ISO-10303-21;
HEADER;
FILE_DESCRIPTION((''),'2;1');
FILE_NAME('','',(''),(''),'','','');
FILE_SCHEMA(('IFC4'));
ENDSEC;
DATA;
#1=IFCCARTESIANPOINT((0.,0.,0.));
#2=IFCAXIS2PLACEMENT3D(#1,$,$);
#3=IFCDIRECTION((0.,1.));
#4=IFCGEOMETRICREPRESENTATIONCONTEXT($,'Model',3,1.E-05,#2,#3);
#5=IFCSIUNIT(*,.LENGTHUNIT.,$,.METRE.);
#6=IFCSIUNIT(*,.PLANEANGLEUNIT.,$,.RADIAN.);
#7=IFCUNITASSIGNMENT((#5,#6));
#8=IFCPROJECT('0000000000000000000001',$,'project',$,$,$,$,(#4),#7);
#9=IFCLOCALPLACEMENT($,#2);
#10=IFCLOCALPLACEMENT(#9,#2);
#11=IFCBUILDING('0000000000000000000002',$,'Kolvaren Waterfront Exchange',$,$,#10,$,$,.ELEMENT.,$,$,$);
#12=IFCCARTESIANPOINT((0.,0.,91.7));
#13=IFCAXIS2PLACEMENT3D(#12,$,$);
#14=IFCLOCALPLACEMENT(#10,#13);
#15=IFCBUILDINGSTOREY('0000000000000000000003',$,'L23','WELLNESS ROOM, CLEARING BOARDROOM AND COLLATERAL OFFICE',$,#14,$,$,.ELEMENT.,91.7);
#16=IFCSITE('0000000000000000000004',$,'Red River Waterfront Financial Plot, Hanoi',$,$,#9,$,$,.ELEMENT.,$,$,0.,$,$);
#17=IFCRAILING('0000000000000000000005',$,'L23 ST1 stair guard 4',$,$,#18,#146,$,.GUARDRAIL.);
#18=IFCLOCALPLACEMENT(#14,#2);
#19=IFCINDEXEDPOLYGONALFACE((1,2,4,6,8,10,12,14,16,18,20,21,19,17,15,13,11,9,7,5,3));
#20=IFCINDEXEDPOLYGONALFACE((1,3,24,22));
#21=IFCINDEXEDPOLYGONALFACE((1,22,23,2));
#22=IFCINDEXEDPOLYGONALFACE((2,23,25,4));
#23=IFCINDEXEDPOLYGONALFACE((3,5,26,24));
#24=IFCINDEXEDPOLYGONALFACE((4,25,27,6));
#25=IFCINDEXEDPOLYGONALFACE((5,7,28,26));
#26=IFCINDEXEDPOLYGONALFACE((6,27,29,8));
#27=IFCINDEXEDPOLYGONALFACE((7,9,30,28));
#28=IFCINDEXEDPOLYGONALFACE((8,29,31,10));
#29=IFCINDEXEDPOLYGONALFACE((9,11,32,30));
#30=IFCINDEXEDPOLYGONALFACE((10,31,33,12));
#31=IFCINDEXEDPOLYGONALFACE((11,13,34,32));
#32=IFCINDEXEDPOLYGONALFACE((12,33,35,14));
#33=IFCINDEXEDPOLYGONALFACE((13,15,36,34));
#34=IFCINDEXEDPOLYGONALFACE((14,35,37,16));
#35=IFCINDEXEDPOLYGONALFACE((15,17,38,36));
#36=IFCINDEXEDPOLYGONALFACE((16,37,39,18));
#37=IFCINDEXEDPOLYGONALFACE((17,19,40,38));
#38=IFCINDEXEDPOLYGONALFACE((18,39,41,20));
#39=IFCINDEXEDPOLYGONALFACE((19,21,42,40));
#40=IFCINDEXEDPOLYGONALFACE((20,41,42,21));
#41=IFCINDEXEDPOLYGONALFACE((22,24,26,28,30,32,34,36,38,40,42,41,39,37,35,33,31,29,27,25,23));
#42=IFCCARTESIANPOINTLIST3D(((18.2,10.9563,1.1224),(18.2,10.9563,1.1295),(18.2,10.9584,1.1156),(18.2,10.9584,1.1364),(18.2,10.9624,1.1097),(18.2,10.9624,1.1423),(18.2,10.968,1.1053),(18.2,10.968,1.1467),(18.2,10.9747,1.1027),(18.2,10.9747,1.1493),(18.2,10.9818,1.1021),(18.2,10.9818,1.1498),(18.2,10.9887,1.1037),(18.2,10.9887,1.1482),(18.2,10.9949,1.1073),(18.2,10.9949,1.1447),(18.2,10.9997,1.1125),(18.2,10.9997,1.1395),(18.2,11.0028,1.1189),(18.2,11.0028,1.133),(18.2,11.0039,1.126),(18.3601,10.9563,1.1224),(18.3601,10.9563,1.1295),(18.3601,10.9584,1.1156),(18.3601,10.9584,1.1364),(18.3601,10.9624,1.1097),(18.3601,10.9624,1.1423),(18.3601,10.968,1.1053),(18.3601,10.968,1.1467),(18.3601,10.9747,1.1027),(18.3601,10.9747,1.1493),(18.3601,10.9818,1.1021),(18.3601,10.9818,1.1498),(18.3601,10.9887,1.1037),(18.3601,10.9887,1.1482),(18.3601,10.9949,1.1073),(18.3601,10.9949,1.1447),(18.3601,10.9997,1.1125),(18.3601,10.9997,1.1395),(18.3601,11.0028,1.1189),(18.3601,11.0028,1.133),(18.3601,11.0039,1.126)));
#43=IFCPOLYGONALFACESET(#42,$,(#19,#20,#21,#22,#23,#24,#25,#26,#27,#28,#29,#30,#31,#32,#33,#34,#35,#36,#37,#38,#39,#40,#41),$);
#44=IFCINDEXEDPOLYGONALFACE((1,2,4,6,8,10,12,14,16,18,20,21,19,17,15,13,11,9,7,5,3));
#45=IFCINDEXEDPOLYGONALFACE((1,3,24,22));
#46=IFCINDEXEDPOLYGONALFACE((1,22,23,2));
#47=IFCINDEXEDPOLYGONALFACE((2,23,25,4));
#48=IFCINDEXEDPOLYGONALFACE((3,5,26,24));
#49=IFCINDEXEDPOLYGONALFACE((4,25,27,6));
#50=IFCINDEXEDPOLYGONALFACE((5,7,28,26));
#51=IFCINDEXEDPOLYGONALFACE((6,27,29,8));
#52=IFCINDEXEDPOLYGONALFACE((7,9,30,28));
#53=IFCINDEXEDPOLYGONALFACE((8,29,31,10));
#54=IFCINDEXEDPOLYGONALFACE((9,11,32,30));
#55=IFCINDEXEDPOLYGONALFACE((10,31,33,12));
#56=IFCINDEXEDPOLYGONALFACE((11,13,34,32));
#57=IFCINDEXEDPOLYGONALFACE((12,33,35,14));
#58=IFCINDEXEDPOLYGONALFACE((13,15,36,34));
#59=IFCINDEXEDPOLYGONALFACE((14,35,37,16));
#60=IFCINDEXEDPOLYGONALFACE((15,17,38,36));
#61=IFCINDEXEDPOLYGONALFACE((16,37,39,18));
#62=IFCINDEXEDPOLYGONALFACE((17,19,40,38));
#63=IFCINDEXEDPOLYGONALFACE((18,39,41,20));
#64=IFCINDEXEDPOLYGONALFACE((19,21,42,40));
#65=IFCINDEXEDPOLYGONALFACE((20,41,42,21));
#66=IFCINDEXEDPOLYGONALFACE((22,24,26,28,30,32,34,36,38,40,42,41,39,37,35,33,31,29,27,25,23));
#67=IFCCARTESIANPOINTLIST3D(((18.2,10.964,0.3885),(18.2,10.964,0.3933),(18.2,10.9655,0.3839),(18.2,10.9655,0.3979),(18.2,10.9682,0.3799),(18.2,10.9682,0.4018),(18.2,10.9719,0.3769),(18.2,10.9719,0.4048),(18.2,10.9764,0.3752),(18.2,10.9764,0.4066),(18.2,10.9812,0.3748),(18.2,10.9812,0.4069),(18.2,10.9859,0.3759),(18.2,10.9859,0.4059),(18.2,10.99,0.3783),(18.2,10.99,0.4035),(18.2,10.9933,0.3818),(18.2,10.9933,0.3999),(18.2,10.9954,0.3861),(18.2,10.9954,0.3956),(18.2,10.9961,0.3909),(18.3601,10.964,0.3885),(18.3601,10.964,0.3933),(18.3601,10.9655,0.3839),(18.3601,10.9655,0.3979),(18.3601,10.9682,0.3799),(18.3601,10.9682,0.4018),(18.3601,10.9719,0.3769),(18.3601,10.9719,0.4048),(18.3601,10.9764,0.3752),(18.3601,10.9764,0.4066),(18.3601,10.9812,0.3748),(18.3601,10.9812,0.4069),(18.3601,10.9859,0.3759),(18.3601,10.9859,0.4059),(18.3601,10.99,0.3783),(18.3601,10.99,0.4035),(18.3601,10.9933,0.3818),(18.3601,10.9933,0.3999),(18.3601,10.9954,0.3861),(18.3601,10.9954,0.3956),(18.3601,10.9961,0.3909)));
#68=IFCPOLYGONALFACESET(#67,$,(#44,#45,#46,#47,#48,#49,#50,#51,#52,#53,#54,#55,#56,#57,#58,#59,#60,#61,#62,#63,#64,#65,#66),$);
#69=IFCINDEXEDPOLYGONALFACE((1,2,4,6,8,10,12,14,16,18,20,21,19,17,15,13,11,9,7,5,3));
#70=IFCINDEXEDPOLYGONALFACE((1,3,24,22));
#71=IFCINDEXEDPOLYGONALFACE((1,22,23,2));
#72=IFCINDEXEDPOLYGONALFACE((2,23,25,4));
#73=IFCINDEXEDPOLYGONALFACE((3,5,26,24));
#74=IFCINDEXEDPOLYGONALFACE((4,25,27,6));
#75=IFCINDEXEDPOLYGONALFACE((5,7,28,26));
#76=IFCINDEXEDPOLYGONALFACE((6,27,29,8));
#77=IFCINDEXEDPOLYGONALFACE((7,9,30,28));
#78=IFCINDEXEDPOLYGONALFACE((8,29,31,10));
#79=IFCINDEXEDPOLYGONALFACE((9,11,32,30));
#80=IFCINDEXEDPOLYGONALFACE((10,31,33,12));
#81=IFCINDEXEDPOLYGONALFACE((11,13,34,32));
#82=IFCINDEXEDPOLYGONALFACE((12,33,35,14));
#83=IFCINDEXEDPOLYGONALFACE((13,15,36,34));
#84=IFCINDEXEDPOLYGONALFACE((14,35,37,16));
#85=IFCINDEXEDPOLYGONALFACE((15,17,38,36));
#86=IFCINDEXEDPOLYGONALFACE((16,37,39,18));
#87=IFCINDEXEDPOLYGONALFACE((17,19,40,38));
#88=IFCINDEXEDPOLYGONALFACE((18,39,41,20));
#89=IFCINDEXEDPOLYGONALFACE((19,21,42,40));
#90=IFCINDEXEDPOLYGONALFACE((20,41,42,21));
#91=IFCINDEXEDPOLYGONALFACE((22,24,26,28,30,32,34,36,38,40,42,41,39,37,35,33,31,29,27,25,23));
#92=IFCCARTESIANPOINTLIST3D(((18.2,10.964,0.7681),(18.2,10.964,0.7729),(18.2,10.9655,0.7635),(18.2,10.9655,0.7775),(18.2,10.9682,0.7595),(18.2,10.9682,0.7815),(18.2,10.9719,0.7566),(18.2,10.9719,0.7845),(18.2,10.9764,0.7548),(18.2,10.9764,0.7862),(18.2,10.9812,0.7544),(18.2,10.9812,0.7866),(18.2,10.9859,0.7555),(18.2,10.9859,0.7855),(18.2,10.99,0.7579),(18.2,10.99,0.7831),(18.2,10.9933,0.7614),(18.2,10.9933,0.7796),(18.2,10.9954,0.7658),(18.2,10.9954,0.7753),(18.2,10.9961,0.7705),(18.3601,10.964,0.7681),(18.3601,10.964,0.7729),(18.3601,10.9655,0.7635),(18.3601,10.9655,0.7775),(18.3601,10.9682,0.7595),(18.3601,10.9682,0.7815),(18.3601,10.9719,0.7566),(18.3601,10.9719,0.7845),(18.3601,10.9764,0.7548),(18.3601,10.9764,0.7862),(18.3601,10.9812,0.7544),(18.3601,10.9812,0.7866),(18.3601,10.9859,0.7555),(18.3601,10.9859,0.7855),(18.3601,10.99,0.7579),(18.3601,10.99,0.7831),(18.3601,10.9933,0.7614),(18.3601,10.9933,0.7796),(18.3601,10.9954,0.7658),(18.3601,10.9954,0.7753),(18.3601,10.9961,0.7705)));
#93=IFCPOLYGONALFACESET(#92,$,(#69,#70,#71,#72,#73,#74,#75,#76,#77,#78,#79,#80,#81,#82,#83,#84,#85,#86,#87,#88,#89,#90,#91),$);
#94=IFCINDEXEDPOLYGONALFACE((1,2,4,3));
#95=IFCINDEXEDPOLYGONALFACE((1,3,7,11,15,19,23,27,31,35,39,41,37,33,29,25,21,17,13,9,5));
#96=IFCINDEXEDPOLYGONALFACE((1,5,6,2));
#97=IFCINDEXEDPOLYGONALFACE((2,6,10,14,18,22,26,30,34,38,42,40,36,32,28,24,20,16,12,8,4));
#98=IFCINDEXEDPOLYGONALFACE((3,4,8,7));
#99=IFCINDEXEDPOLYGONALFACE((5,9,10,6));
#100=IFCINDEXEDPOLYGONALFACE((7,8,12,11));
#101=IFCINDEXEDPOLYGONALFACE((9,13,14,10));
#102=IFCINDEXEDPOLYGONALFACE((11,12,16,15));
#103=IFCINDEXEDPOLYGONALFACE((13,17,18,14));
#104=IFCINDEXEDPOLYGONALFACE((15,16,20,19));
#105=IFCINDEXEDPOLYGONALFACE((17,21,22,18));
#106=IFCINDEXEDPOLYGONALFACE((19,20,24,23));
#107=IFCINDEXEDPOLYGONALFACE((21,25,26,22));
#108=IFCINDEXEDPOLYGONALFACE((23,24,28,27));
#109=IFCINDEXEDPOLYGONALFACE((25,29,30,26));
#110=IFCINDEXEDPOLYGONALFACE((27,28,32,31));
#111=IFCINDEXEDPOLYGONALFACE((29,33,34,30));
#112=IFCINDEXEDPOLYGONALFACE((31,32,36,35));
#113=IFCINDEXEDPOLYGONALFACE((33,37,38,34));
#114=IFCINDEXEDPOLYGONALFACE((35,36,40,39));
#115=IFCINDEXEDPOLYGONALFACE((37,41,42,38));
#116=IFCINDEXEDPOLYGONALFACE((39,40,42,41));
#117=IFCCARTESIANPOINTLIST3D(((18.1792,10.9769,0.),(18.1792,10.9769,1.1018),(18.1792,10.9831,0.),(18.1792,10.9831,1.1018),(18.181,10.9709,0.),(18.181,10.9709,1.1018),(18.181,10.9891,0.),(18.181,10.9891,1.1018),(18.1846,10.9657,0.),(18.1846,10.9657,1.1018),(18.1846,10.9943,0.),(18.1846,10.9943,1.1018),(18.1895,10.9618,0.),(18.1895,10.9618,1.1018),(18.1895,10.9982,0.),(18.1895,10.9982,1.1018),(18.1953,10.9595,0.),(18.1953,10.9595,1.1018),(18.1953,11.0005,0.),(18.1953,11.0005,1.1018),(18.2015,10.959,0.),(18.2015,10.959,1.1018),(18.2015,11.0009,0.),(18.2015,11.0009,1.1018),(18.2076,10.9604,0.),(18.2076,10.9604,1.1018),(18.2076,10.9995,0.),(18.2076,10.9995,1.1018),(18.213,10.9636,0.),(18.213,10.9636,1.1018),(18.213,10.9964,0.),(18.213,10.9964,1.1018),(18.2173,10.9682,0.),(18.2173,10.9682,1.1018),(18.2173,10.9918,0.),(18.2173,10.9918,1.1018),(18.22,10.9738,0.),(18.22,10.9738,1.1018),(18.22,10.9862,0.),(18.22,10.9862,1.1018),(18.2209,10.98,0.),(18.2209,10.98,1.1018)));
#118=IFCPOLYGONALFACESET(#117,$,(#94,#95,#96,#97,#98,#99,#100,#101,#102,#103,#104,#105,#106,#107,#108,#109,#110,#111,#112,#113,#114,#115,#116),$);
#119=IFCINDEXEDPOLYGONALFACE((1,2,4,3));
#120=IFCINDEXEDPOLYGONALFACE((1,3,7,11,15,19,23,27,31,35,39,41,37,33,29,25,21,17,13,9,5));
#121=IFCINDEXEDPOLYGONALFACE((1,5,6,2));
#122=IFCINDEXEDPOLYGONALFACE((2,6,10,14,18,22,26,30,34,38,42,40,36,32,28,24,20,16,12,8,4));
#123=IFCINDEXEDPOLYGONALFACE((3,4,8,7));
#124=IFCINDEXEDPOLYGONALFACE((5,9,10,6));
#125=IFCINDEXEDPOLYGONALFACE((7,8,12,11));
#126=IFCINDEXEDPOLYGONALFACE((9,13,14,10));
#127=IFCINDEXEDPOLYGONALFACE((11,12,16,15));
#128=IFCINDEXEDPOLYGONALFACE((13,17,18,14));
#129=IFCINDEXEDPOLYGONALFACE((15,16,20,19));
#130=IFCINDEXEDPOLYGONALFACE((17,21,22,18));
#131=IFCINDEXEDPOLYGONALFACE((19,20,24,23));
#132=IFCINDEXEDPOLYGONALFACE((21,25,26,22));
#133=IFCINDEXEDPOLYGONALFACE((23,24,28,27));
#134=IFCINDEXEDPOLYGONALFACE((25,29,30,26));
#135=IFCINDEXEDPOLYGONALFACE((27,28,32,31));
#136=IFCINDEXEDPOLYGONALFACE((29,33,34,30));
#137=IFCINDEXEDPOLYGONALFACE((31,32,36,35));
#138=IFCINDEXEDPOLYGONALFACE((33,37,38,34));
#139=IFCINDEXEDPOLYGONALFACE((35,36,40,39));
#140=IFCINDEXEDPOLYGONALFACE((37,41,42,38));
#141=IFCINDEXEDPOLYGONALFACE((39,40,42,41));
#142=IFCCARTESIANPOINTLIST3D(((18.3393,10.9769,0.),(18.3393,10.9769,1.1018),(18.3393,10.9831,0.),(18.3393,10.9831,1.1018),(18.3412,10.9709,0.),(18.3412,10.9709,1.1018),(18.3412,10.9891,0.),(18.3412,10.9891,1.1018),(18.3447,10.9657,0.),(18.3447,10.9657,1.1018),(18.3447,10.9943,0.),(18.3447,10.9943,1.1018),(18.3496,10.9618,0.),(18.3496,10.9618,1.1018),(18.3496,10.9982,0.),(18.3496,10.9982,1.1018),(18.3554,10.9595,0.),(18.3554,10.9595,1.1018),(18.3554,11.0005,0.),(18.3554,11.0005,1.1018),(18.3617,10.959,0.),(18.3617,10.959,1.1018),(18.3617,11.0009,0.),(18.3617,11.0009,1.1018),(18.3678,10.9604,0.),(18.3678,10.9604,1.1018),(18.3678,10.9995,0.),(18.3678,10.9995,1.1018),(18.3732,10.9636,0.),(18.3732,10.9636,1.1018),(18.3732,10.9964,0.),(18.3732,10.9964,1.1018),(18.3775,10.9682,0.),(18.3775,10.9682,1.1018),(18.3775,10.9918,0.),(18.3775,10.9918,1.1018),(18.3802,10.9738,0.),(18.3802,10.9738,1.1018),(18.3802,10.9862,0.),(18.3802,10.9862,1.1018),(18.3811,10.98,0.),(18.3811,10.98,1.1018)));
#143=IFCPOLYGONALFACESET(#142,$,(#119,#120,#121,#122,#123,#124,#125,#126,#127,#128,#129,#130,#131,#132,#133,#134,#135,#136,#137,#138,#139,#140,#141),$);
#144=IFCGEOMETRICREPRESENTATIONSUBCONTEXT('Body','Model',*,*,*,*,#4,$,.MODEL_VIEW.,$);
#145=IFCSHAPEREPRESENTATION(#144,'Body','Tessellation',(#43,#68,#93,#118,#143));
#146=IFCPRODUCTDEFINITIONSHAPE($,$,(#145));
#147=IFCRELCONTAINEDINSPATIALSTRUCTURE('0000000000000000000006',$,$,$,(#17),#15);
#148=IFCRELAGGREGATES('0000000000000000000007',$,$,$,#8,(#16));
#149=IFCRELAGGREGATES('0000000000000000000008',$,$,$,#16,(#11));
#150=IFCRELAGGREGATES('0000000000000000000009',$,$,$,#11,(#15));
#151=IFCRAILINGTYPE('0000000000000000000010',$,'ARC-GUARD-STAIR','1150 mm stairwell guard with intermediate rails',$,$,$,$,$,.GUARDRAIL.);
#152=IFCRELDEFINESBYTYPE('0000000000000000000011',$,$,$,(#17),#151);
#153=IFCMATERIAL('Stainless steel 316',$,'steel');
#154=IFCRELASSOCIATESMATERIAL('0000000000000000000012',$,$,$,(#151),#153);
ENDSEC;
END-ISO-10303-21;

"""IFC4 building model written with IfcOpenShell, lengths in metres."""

from ifc_helpers import new_model, si_unit, direction, frame, origin, origin_2d, place, context, subcontext, project, spatial, circle, extrude, material, type_object, element, save


model = new_model("IFC4")

# Units and contexts
model_context = context("Model", 3, precision=1e-05, world=origin(), true_north=direction((0.0, 1.0)))
body_context = subcontext(model_context, "Body", "Model", "MODEL_VIEW")
ifc_project = project(units=[si_unit("LENGTHUNIT", "METRE"), si_unit("PLANEANGLEUNIT", "RADIAN")], contexts=[model_context])

# Site, building, storey
site_placement = place(None, origin())
site = spatial("IfcSite", under=ifc_project, at=site_placement, Name="Red River Waterfront Financial Plot, Hanoi", CompositionType="ELEMENT", RefElevation=0.0)
building_placement = place(site_placement, origin())
building = spatial("IfcBuilding", under=site, at=building_placement, Name="Kolvaren Waterfront Exchange", CompositionType="ELEMENT")
storey_placement = place(building_placement, frame((0.0, 0.0, 91.7)))
storey = spatial("IfcBuildingStorey", under=building, at=storey_placement, Name="L23", Description="WELLNESS ROOM, CLEARING BOARDROOM AND COLLATERAL OFFICE", CompositionType="ELEMENT", Elevation=91.7)

# Railing
ifc_material_1 = material(Name="Stainless steel 316", Category="steel")
railing_type_1 = type_object("IfcRailingType", Name="ARC-GUARD-STAIR", Description="1150 mm stairwell guard with intermediate rails", PredefinedType="GUARDRAIL", material=ifc_material_1)
railing_1_placement = place(storey_placement, frame((18.2, 10.98, 0.0)))
element("IfcRailing", 1, at=railing_1_placement, inside=storey, type_object=railing_type_1, Name="L23 ST1 stair guard 4", PredefinedType="GUARDRAIL", context=body_context, shape_type="SweptSolid", body=[
    extrude(circle(Radius=0.0239, at=origin_2d()), frame((0.0, 0.0, 1.126), z_axis=(1.0, 0.0, 0.0), x_axis=(0.0, 1.0, 0.0)), (0.0, 0.0, 1.0), 0.1602),
    extrude(circle(Radius=0.0161, at=origin_2d()), frame((0.0, 0.0, 0.3909), z_axis=(1.0, 0.0, 0.0), x_axis=(0.0, 1.0, 0.0)), (0.0, 0.0, 1.0), 0.1602),
    extrude(circle(Radius=0.0161, at=origin_2d()), frame((0.0, 0.0, 0.7705), z_axis=(1.0, 0.0, 0.0), x_axis=(0.0, 1.0, 0.0)), (0.0, 0.0, 1.0), 0.1602),
    extrude(circle(Radius=0.021, at=origin_2d()), origin(), (0.0, 0.0, 1.0), 1.1018),
    extrude(circle(Radius=0.021, at=origin_2d()), frame((0.1602, 0.0, 0.0)), (0.0, 0.0, 1.0), 1.1018),
])

save(model, "model.ifc")
